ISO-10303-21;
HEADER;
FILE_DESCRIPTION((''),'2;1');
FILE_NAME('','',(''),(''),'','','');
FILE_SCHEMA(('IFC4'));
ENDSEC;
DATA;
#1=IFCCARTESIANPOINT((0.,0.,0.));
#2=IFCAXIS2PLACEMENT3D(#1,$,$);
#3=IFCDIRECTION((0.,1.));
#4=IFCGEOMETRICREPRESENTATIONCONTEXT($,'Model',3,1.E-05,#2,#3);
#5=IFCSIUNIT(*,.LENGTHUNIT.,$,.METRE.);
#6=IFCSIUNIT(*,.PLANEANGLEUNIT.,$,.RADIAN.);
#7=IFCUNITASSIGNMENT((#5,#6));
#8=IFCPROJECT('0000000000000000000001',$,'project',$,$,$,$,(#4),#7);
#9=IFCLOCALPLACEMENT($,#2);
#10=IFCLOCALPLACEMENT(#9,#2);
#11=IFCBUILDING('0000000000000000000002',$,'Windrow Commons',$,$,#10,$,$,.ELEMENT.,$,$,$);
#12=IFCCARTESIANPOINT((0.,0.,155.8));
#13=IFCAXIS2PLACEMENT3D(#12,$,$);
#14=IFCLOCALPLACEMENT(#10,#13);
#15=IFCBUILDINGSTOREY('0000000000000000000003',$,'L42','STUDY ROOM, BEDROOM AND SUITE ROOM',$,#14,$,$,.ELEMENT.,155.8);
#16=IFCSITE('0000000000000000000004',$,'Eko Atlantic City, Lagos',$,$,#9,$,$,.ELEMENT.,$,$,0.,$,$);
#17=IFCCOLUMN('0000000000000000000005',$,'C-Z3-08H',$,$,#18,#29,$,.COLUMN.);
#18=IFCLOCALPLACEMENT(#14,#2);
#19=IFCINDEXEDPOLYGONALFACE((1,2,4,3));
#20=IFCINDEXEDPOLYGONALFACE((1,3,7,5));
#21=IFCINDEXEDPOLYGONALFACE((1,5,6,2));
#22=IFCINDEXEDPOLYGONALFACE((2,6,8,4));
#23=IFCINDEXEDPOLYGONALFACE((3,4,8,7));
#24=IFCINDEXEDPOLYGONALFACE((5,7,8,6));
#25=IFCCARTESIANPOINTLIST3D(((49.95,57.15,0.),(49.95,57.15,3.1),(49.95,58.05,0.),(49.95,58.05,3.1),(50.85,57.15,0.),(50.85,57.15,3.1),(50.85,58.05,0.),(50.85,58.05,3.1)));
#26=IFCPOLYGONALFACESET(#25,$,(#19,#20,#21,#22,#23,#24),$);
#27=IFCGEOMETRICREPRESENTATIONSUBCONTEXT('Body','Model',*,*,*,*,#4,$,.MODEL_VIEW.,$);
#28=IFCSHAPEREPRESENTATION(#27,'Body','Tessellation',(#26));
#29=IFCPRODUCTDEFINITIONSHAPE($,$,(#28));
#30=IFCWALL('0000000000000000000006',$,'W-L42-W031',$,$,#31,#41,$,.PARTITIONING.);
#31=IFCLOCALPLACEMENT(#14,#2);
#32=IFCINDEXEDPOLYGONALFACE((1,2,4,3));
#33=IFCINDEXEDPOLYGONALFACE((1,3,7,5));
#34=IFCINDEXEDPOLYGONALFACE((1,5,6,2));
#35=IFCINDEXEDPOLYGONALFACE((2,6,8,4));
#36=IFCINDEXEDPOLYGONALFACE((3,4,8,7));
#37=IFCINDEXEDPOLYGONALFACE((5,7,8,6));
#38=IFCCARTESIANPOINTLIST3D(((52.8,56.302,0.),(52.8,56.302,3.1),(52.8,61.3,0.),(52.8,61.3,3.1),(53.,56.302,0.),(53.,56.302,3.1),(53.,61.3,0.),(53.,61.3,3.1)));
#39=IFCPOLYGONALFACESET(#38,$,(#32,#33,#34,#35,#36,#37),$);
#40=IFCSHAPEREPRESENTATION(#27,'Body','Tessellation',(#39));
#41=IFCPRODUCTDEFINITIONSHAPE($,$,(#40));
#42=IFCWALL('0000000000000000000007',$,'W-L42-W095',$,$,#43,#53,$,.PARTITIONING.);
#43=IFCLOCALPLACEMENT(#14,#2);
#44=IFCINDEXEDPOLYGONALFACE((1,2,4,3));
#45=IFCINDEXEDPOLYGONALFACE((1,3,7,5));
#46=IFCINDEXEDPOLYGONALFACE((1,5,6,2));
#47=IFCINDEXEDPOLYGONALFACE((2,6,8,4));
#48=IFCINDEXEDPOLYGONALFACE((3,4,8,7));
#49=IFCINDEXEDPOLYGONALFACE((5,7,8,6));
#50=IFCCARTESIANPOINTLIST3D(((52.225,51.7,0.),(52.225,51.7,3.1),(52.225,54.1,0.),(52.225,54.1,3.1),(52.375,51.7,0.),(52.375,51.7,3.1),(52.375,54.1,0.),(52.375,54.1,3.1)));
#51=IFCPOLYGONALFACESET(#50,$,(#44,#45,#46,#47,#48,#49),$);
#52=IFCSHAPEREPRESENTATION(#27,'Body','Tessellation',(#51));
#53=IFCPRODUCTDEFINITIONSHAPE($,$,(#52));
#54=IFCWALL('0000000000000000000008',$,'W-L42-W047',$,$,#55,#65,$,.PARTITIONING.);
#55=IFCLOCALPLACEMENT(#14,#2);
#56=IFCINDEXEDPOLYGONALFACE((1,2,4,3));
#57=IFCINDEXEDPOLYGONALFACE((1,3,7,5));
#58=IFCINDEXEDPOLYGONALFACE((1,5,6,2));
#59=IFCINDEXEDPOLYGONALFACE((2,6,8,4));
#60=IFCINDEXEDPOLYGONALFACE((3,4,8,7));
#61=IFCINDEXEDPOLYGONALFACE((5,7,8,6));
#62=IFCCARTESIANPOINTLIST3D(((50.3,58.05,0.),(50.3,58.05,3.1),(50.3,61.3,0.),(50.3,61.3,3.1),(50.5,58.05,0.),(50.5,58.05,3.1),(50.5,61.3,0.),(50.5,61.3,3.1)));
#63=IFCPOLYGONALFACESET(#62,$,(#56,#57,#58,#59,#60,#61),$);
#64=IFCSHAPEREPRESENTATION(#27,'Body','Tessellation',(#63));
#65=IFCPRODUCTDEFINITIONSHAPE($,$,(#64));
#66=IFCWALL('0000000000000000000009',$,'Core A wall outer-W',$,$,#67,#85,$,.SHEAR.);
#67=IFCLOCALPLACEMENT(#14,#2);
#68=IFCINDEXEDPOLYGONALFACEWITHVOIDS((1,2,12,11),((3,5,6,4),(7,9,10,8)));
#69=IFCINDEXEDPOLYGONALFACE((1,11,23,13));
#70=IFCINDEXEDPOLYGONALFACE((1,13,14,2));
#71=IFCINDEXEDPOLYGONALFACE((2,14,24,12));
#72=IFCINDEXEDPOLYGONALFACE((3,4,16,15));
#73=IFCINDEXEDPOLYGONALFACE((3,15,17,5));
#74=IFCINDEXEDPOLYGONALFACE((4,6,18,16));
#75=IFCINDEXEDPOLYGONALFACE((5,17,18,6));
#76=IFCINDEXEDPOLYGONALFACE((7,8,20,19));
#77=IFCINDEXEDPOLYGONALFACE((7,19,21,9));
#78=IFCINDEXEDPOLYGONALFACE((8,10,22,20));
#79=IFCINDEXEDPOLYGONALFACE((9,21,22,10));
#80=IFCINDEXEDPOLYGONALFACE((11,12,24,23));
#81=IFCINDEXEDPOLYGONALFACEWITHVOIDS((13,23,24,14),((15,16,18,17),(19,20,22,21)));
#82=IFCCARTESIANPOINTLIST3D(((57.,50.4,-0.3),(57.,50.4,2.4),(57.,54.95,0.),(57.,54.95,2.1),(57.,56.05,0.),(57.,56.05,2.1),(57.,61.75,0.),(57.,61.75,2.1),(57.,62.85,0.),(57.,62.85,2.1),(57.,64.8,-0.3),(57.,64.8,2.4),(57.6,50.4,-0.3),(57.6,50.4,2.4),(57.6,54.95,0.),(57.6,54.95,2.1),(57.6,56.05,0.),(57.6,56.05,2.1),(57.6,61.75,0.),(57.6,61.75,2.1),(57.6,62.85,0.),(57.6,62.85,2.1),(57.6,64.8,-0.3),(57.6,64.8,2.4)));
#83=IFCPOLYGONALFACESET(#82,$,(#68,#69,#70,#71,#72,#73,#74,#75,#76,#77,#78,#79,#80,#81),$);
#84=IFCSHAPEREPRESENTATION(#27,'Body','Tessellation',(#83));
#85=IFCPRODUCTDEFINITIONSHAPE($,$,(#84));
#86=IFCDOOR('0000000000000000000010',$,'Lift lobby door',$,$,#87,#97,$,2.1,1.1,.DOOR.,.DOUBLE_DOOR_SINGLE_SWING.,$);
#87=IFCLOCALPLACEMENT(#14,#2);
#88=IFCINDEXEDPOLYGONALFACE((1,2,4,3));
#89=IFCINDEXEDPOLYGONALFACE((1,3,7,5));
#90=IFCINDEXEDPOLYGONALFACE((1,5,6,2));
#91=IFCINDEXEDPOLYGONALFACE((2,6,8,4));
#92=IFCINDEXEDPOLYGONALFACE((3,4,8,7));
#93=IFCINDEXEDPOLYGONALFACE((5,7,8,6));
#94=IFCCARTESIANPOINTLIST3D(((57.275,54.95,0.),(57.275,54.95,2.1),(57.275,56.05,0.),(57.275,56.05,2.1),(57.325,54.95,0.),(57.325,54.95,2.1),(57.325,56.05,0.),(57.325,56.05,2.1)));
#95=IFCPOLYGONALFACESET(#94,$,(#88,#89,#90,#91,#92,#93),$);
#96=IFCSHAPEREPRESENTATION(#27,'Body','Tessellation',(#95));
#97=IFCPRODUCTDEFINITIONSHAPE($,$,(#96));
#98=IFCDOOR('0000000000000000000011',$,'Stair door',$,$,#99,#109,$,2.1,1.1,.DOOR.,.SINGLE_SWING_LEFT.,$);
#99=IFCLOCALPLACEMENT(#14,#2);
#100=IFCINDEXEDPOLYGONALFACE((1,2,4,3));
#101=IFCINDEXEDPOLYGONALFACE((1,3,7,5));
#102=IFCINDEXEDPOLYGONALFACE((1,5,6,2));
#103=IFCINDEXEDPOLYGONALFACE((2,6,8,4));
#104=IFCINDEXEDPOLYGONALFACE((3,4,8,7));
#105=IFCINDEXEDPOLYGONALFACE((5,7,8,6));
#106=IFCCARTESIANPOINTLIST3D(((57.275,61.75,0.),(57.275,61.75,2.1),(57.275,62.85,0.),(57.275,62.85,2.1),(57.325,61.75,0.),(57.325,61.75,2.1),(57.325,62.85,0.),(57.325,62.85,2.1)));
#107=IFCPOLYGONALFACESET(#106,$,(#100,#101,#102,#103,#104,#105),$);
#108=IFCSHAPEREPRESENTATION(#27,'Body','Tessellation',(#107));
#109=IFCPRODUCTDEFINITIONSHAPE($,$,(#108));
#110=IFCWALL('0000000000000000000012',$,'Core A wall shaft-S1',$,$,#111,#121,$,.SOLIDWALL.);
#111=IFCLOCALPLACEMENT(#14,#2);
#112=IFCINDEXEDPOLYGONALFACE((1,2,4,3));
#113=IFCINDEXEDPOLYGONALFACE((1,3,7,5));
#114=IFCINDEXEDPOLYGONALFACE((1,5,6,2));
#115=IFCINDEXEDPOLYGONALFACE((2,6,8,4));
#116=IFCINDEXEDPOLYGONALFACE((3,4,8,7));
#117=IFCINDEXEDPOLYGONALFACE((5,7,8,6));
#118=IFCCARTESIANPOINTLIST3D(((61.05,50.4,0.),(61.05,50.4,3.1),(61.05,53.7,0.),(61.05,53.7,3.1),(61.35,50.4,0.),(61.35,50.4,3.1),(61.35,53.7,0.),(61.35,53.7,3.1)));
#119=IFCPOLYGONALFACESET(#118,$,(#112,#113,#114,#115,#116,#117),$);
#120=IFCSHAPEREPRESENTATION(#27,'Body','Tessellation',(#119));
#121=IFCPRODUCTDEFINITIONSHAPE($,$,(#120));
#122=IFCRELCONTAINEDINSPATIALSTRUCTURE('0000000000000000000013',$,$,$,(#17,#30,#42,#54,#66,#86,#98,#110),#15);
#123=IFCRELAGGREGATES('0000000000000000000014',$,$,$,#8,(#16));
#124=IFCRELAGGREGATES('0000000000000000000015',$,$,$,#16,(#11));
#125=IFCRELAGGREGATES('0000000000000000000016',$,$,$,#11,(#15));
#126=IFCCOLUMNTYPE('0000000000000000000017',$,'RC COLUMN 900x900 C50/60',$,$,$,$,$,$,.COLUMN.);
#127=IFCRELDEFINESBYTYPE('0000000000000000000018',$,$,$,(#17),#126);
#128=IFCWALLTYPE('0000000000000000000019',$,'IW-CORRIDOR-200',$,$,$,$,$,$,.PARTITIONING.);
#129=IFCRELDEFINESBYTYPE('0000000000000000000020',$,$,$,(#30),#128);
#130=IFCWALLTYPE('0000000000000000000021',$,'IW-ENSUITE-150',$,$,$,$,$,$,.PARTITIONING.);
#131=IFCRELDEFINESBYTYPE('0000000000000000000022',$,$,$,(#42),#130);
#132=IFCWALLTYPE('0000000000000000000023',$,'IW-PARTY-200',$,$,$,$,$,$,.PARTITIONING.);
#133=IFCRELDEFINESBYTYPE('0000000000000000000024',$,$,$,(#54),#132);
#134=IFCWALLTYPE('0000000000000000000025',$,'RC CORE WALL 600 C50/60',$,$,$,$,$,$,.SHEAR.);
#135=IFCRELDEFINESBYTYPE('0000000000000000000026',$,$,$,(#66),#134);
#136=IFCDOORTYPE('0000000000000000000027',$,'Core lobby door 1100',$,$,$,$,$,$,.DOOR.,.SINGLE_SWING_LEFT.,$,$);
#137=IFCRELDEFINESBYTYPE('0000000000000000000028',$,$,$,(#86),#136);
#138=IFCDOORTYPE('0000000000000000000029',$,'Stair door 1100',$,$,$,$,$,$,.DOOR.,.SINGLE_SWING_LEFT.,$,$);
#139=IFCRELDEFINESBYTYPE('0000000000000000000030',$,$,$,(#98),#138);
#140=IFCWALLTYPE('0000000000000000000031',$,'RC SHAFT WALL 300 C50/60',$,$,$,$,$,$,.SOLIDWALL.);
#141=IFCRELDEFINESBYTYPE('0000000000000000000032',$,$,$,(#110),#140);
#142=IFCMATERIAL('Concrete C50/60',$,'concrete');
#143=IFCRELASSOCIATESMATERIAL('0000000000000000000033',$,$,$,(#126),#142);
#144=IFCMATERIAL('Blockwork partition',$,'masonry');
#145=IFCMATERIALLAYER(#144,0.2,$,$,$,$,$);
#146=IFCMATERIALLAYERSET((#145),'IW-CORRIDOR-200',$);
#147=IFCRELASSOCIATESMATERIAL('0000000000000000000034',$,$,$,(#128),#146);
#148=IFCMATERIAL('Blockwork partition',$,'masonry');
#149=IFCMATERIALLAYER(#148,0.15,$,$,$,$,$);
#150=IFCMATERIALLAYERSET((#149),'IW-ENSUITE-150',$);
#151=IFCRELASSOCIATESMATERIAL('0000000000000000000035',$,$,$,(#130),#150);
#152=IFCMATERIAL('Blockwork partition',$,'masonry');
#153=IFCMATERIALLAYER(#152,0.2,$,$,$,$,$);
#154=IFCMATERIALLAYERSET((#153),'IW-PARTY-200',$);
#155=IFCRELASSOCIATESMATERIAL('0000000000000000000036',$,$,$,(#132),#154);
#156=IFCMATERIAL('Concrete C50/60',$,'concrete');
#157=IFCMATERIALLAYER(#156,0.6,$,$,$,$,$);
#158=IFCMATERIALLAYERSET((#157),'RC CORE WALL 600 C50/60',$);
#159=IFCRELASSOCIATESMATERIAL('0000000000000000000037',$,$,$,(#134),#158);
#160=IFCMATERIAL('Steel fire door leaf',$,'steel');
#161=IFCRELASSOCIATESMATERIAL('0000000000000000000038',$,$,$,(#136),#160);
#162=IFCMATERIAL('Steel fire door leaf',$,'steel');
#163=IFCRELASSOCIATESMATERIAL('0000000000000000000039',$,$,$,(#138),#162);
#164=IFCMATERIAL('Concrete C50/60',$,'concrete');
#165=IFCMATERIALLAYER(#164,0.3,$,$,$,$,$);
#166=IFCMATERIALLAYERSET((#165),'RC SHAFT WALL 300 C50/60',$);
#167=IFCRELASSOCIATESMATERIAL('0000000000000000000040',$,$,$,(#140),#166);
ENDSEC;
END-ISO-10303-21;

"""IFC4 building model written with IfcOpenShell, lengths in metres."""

from ifc_helpers import new_model, si_unit, direction, frame, frame_2d, origin, origin_2d, place, context, subcontext, project, spatial, rectangle, extrude, material, layer, layer_set, material_profile, profile_set, type_object, element, fill, save


model = new_model("IFC4")

# Units and contexts
model_context = context("Model", 3, precision=1e-05, world=origin(), true_north=direction((0.0, 1.0)))
body_context = subcontext(model_context, "Body", "Model", "MODEL_VIEW")
ifc_project = project(units=[si_unit("LENGTHUNIT", "METRE"), si_unit("PLANEANGLEUNIT", "RADIAN")], contexts=[model_context])

# Site, building, storey
site_placement = place(None, origin())
site = spatial("IfcSite", under=ifc_project, at=site_placement, Name="Eko Atlantic City, Lagos", CompositionType="ELEMENT", RefElevation=0.0)
building_placement = place(site_placement, origin())
building = spatial("IfcBuilding", under=site, at=building_placement, Name="Windrow Commons", CompositionType="ELEMENT")
storey_placement = place(building_placement, frame((0.0, 0.0, 155.8)))
storey = spatial("IfcBuildingStorey", under=building, at=storey_placement, Name="L42", Description="STUDY ROOM, BEDROOM AND SUITE ROOM", CompositionType="ELEMENT", Elevation=155.8)

# Column
ifc_material_1 = material(Name="Concrete C50/60", Category="concrete")
ifc_material_profile = material_profile(ifc_material_1, rectangle(XDim=0.9, YDim=0.9, at=origin_2d()))
ifc_profile_set = profile_set([ifc_material_profile], Name="Concrete C50/60")
column_type = type_object("IfcColumnType", Name="RC COLUMN 900x900 C50/60", PredefinedType="COLUMN", material=ifc_profile_set)
column_placement = place(storey_placement, frame((50.4, 57.6, 0.0), z_axis=(0.0, 0.0, 1.0), x_axis=(1.0, 0.0, 0.0)))
element("IfcColumn", 1, at=column_placement, inside=storey, type_object=column_type, Name="C-Z3-08H", PredefinedType="COLUMN", context=body_context, shape_type="SweptSolid", body=[
    extrude(rectangle(XDim=0.9, YDim=0.9, at=origin_2d()), origin(), (0.0, 0.0, 1.0), 3.1),
])

# Walls
ifc_material_2 = material(Name="Blockwork partition", Category="masonry")
ifc_layer_1 = layer(ifc_material_2, 0.2)
ifc_layer_set_1 = layer_set([ifc_layer_1], Name="IW-CORRIDOR-200")
wall_type_1 = type_object("IfcWallType", Name="IW-CORRIDOR-200", PredefinedType="PARTITIONING", material=ifc_layer_set_1)
wall_1_placement = place(storey_placement, frame((52.9, 56.302, 0.0), z_axis=(0.0, 0.0, 1.0), x_axis=(0.0, 1.0, 0.0)))
element("IfcWall", 2, at=wall_1_placement, inside=storey, type_object=wall_type_1, Name="W-L42-W031", PredefinedType="PARTITIONING", context=body_context, shape_type="SweptSolid", body=[
    extrude(rectangle(XDim=4.998, YDim=0.2, at=frame_2d((2.499, 0.0))), origin(), (0.0, 0.0, 1.0), 3.1),
])
ifc_material_3 = material(Name="Blockwork partition", Category="masonry")
ifc_layer_2 = layer(ifc_material_3, 0.15)
ifc_layer_set_2 = layer_set([ifc_layer_2], Name="IW-ENSUITE-150")
wall_type_2 = type_object("IfcWallType", Name="IW-ENSUITE-150", PredefinedType="PARTITIONING", material=ifc_layer_set_2)
wall_2_placement = place(storey_placement, frame((52.3, 51.7, 0.0), z_axis=(0.0, 0.0, 1.0), x_axis=(0.0, 1.0, 0.0)))
element("IfcWall", 3, at=wall_2_placement, inside=storey, type_object=wall_type_2, Name="W-L42-W095", PredefinedType="PARTITIONING", context=body_context, shape_type="SweptSolid", body=[
    extrude(rectangle(XDim=2.4, YDim=0.15, at=frame_2d((1.2, 0.0))), origin(), (0.0, 0.0, 1.0), 3.1),
])
ifc_material_4 = material(Name="Blockwork partition", Category="masonry")
ifc_layer_3 = layer(ifc_material_4, 0.2)
ifc_layer_set_3 = layer_set([ifc_layer_3], Name="IW-PARTY-200")
wall_type_3 = type_object("IfcWallType", Name="IW-PARTY-200", PredefinedType="PARTITIONING", material=ifc_layer_set_3)
wall_3_placement = place(storey_placement, frame((50.4, 58.05, 0.0), z_axis=(0.0, 0.0, 1.0), x_axis=(0.0, 1.0, 0.0)))
element("IfcWall", 4, at=wall_3_placement, inside=storey, type_object=wall_type_3, Name="W-L42-W047", PredefinedType="PARTITIONING", context=body_context, shape_type="SweptSolid", body=[
    extrude(rectangle(XDim=3.25, YDim=0.2, at=frame_2d((1.625, 0.0))), origin(), (0.0, 0.0, 1.0), 3.1),
])

# Wall, openings, doors
ifc_material_5 = material(Name="Concrete C50/60", Category="concrete")
ifc_layer_4 = layer(ifc_material_5, 0.6)
ifc_layer_set_4 = layer_set([ifc_layer_4], Name="RC CORE WALL 600 C50/60")
wall_type_4 = type_object("IfcWallType", Name="RC CORE WALL 600 C50/60", PredefinedType="SHEAR", material=ifc_layer_set_4)
wall_4_placement = place(storey_placement, frame((57.3, 50.4, -0.3), z_axis=(0.0, 0.0, 1.0), x_axis=(0.0, 1.0, 0.0)))
wall_4 = element("IfcWall", 5, at=wall_4_placement, inside=storey, type_object=wall_type_4, Name="Core A wall outer-W", PredefinedType="SHEAR", context=body_context, shape_type="SweptSolid", body=[
    extrude(rectangle(XDim=14.4, YDim=0.6, at=frame_2d((7.2, 0.0))), origin(), (0.0, 0.0, 1.0), 2.7),
])
opening_1_placement = place(wall_4_placement, frame((4.55, 0.0, 0.3)))
opening_1 = element("IfcOpeningElement", 6, at=opening_1_placement, cuts=wall_4, PredefinedType="OPENING", context=body_context, shape_type="SweptSolid", body=[
    extrude(rectangle(XDim=1.1, YDim=2.1, at=frame_2d((0.55, 1.05))), frame((0.0, 0.31, 0.0), z_axis=(0.0, -1.0, 0.0), x_axis=(1.0, 0.0, 0.0)), (0.0, 0.0, 1.0), 0.62),
])
opening_2_placement = place(wall_4_placement, frame((11.35, 0.0, 0.3)))
opening_2 = element("IfcOpeningElement", 7, at=opening_2_placement, cuts=wall_4, PredefinedType="OPENING", context=body_context, shape_type="SweptSolid", body=[
    extrude(rectangle(XDim=1.1, YDim=2.1, at=frame_2d((0.55, 1.05))), frame((0.0, 0.31, 0.0), z_axis=(0.0, -1.0, 0.0), x_axis=(1.0, 0.0, 0.0)), (0.0, 0.0, 1.0), 0.62),
])
ifc_material_6 = material(Name="Steel fire door leaf", Category="steel")
door_type_1 = type_object("IfcDoorType", Name="Core lobby door 1100", OperationType="SINGLE_SWING_LEFT", PredefinedType="DOOR", material=ifc_material_6)
door_1_placement = place(opening_1_placement, origin())
door_1 = element("IfcDoor", 8, at=door_1_placement, inside=storey, type_object=door_type_1, Name="Lift lobby door", OperationType="DOUBLE_DOOR_SINGLE_SWING", OverallHeight=2.1, OverallWidth=1.1, PredefinedType="DOOR", context=body_context, shape_type="SweptSolid", body=[
    extrude(rectangle(XDim=1.1, YDim=2.1, at=frame_2d((0.55, 1.05))), frame((0.0, 0.025, 0.0), z_axis=(0.0, -1.0, 0.0), x_axis=(1.0, 0.0, 0.0)), (0.0, 0.0, 1.0), 0.05),
])
fill(opening_1, door_1)
ifc_material_7 = material(Name="Steel fire door leaf", Category="steel")
door_type_2 = type_object("IfcDoorType", Name="Stair door 1100", OperationType="SINGLE_SWING_LEFT", PredefinedType="DOOR", material=ifc_material_7)
door_2_placement = place(opening_2_placement, origin())
door_2 = element("IfcDoor", 9, at=door_2_placement, inside=storey, type_object=door_type_2, Name="Stair door", OperationType="SINGLE_SWING_LEFT", OverallHeight=2.1, OverallWidth=1.1, PredefinedType="DOOR", context=body_context, shape_type="SweptSolid", body=[
    extrude(rectangle(XDim=1.1, YDim=2.1, at=frame_2d((0.55, 1.05))), frame((0.0, 0.025, 0.0), z_axis=(0.0, -1.0, 0.0), x_axis=(1.0, 0.0, 0.0)), (0.0, 0.0, 1.0), 0.05),
])
fill(opening_2, door_2)

# Wall
ifc_material_8 = material(Name="Concrete C50/60", Category="concrete")
ifc_layer_5 = layer(ifc_material_8, 0.3)
ifc_layer_set_5 = layer_set([ifc_layer_5], Name="RC SHAFT WALL 300 C50/60")
wall_type_5 = type_object("IfcWallType", Name="RC SHAFT WALL 300 C50/60", PredefinedType="SOLIDWALL", material=ifc_layer_set_5)
wall_5_placement = place(storey_placement, frame((61.2, 50.4, 0.0), z_axis=(0.0, 0.0, 1.0), x_axis=(0.0, 1.0, 0.0)))
element("IfcWall", 10, at=wall_5_placement, inside=storey, type_object=wall_type_5, Name="Core A wall shaft-S1", PredefinedType="SOLIDWALL", context=body_context, shape_type="SweptSolid", body=[
    extrude(rectangle(XDim=3.3, YDim=0.3, at=frame_2d((1.65, 0.0))), origin(), (0.0, 0.0, 1.0), 3.1),
])

save(model, "model.ifc")
